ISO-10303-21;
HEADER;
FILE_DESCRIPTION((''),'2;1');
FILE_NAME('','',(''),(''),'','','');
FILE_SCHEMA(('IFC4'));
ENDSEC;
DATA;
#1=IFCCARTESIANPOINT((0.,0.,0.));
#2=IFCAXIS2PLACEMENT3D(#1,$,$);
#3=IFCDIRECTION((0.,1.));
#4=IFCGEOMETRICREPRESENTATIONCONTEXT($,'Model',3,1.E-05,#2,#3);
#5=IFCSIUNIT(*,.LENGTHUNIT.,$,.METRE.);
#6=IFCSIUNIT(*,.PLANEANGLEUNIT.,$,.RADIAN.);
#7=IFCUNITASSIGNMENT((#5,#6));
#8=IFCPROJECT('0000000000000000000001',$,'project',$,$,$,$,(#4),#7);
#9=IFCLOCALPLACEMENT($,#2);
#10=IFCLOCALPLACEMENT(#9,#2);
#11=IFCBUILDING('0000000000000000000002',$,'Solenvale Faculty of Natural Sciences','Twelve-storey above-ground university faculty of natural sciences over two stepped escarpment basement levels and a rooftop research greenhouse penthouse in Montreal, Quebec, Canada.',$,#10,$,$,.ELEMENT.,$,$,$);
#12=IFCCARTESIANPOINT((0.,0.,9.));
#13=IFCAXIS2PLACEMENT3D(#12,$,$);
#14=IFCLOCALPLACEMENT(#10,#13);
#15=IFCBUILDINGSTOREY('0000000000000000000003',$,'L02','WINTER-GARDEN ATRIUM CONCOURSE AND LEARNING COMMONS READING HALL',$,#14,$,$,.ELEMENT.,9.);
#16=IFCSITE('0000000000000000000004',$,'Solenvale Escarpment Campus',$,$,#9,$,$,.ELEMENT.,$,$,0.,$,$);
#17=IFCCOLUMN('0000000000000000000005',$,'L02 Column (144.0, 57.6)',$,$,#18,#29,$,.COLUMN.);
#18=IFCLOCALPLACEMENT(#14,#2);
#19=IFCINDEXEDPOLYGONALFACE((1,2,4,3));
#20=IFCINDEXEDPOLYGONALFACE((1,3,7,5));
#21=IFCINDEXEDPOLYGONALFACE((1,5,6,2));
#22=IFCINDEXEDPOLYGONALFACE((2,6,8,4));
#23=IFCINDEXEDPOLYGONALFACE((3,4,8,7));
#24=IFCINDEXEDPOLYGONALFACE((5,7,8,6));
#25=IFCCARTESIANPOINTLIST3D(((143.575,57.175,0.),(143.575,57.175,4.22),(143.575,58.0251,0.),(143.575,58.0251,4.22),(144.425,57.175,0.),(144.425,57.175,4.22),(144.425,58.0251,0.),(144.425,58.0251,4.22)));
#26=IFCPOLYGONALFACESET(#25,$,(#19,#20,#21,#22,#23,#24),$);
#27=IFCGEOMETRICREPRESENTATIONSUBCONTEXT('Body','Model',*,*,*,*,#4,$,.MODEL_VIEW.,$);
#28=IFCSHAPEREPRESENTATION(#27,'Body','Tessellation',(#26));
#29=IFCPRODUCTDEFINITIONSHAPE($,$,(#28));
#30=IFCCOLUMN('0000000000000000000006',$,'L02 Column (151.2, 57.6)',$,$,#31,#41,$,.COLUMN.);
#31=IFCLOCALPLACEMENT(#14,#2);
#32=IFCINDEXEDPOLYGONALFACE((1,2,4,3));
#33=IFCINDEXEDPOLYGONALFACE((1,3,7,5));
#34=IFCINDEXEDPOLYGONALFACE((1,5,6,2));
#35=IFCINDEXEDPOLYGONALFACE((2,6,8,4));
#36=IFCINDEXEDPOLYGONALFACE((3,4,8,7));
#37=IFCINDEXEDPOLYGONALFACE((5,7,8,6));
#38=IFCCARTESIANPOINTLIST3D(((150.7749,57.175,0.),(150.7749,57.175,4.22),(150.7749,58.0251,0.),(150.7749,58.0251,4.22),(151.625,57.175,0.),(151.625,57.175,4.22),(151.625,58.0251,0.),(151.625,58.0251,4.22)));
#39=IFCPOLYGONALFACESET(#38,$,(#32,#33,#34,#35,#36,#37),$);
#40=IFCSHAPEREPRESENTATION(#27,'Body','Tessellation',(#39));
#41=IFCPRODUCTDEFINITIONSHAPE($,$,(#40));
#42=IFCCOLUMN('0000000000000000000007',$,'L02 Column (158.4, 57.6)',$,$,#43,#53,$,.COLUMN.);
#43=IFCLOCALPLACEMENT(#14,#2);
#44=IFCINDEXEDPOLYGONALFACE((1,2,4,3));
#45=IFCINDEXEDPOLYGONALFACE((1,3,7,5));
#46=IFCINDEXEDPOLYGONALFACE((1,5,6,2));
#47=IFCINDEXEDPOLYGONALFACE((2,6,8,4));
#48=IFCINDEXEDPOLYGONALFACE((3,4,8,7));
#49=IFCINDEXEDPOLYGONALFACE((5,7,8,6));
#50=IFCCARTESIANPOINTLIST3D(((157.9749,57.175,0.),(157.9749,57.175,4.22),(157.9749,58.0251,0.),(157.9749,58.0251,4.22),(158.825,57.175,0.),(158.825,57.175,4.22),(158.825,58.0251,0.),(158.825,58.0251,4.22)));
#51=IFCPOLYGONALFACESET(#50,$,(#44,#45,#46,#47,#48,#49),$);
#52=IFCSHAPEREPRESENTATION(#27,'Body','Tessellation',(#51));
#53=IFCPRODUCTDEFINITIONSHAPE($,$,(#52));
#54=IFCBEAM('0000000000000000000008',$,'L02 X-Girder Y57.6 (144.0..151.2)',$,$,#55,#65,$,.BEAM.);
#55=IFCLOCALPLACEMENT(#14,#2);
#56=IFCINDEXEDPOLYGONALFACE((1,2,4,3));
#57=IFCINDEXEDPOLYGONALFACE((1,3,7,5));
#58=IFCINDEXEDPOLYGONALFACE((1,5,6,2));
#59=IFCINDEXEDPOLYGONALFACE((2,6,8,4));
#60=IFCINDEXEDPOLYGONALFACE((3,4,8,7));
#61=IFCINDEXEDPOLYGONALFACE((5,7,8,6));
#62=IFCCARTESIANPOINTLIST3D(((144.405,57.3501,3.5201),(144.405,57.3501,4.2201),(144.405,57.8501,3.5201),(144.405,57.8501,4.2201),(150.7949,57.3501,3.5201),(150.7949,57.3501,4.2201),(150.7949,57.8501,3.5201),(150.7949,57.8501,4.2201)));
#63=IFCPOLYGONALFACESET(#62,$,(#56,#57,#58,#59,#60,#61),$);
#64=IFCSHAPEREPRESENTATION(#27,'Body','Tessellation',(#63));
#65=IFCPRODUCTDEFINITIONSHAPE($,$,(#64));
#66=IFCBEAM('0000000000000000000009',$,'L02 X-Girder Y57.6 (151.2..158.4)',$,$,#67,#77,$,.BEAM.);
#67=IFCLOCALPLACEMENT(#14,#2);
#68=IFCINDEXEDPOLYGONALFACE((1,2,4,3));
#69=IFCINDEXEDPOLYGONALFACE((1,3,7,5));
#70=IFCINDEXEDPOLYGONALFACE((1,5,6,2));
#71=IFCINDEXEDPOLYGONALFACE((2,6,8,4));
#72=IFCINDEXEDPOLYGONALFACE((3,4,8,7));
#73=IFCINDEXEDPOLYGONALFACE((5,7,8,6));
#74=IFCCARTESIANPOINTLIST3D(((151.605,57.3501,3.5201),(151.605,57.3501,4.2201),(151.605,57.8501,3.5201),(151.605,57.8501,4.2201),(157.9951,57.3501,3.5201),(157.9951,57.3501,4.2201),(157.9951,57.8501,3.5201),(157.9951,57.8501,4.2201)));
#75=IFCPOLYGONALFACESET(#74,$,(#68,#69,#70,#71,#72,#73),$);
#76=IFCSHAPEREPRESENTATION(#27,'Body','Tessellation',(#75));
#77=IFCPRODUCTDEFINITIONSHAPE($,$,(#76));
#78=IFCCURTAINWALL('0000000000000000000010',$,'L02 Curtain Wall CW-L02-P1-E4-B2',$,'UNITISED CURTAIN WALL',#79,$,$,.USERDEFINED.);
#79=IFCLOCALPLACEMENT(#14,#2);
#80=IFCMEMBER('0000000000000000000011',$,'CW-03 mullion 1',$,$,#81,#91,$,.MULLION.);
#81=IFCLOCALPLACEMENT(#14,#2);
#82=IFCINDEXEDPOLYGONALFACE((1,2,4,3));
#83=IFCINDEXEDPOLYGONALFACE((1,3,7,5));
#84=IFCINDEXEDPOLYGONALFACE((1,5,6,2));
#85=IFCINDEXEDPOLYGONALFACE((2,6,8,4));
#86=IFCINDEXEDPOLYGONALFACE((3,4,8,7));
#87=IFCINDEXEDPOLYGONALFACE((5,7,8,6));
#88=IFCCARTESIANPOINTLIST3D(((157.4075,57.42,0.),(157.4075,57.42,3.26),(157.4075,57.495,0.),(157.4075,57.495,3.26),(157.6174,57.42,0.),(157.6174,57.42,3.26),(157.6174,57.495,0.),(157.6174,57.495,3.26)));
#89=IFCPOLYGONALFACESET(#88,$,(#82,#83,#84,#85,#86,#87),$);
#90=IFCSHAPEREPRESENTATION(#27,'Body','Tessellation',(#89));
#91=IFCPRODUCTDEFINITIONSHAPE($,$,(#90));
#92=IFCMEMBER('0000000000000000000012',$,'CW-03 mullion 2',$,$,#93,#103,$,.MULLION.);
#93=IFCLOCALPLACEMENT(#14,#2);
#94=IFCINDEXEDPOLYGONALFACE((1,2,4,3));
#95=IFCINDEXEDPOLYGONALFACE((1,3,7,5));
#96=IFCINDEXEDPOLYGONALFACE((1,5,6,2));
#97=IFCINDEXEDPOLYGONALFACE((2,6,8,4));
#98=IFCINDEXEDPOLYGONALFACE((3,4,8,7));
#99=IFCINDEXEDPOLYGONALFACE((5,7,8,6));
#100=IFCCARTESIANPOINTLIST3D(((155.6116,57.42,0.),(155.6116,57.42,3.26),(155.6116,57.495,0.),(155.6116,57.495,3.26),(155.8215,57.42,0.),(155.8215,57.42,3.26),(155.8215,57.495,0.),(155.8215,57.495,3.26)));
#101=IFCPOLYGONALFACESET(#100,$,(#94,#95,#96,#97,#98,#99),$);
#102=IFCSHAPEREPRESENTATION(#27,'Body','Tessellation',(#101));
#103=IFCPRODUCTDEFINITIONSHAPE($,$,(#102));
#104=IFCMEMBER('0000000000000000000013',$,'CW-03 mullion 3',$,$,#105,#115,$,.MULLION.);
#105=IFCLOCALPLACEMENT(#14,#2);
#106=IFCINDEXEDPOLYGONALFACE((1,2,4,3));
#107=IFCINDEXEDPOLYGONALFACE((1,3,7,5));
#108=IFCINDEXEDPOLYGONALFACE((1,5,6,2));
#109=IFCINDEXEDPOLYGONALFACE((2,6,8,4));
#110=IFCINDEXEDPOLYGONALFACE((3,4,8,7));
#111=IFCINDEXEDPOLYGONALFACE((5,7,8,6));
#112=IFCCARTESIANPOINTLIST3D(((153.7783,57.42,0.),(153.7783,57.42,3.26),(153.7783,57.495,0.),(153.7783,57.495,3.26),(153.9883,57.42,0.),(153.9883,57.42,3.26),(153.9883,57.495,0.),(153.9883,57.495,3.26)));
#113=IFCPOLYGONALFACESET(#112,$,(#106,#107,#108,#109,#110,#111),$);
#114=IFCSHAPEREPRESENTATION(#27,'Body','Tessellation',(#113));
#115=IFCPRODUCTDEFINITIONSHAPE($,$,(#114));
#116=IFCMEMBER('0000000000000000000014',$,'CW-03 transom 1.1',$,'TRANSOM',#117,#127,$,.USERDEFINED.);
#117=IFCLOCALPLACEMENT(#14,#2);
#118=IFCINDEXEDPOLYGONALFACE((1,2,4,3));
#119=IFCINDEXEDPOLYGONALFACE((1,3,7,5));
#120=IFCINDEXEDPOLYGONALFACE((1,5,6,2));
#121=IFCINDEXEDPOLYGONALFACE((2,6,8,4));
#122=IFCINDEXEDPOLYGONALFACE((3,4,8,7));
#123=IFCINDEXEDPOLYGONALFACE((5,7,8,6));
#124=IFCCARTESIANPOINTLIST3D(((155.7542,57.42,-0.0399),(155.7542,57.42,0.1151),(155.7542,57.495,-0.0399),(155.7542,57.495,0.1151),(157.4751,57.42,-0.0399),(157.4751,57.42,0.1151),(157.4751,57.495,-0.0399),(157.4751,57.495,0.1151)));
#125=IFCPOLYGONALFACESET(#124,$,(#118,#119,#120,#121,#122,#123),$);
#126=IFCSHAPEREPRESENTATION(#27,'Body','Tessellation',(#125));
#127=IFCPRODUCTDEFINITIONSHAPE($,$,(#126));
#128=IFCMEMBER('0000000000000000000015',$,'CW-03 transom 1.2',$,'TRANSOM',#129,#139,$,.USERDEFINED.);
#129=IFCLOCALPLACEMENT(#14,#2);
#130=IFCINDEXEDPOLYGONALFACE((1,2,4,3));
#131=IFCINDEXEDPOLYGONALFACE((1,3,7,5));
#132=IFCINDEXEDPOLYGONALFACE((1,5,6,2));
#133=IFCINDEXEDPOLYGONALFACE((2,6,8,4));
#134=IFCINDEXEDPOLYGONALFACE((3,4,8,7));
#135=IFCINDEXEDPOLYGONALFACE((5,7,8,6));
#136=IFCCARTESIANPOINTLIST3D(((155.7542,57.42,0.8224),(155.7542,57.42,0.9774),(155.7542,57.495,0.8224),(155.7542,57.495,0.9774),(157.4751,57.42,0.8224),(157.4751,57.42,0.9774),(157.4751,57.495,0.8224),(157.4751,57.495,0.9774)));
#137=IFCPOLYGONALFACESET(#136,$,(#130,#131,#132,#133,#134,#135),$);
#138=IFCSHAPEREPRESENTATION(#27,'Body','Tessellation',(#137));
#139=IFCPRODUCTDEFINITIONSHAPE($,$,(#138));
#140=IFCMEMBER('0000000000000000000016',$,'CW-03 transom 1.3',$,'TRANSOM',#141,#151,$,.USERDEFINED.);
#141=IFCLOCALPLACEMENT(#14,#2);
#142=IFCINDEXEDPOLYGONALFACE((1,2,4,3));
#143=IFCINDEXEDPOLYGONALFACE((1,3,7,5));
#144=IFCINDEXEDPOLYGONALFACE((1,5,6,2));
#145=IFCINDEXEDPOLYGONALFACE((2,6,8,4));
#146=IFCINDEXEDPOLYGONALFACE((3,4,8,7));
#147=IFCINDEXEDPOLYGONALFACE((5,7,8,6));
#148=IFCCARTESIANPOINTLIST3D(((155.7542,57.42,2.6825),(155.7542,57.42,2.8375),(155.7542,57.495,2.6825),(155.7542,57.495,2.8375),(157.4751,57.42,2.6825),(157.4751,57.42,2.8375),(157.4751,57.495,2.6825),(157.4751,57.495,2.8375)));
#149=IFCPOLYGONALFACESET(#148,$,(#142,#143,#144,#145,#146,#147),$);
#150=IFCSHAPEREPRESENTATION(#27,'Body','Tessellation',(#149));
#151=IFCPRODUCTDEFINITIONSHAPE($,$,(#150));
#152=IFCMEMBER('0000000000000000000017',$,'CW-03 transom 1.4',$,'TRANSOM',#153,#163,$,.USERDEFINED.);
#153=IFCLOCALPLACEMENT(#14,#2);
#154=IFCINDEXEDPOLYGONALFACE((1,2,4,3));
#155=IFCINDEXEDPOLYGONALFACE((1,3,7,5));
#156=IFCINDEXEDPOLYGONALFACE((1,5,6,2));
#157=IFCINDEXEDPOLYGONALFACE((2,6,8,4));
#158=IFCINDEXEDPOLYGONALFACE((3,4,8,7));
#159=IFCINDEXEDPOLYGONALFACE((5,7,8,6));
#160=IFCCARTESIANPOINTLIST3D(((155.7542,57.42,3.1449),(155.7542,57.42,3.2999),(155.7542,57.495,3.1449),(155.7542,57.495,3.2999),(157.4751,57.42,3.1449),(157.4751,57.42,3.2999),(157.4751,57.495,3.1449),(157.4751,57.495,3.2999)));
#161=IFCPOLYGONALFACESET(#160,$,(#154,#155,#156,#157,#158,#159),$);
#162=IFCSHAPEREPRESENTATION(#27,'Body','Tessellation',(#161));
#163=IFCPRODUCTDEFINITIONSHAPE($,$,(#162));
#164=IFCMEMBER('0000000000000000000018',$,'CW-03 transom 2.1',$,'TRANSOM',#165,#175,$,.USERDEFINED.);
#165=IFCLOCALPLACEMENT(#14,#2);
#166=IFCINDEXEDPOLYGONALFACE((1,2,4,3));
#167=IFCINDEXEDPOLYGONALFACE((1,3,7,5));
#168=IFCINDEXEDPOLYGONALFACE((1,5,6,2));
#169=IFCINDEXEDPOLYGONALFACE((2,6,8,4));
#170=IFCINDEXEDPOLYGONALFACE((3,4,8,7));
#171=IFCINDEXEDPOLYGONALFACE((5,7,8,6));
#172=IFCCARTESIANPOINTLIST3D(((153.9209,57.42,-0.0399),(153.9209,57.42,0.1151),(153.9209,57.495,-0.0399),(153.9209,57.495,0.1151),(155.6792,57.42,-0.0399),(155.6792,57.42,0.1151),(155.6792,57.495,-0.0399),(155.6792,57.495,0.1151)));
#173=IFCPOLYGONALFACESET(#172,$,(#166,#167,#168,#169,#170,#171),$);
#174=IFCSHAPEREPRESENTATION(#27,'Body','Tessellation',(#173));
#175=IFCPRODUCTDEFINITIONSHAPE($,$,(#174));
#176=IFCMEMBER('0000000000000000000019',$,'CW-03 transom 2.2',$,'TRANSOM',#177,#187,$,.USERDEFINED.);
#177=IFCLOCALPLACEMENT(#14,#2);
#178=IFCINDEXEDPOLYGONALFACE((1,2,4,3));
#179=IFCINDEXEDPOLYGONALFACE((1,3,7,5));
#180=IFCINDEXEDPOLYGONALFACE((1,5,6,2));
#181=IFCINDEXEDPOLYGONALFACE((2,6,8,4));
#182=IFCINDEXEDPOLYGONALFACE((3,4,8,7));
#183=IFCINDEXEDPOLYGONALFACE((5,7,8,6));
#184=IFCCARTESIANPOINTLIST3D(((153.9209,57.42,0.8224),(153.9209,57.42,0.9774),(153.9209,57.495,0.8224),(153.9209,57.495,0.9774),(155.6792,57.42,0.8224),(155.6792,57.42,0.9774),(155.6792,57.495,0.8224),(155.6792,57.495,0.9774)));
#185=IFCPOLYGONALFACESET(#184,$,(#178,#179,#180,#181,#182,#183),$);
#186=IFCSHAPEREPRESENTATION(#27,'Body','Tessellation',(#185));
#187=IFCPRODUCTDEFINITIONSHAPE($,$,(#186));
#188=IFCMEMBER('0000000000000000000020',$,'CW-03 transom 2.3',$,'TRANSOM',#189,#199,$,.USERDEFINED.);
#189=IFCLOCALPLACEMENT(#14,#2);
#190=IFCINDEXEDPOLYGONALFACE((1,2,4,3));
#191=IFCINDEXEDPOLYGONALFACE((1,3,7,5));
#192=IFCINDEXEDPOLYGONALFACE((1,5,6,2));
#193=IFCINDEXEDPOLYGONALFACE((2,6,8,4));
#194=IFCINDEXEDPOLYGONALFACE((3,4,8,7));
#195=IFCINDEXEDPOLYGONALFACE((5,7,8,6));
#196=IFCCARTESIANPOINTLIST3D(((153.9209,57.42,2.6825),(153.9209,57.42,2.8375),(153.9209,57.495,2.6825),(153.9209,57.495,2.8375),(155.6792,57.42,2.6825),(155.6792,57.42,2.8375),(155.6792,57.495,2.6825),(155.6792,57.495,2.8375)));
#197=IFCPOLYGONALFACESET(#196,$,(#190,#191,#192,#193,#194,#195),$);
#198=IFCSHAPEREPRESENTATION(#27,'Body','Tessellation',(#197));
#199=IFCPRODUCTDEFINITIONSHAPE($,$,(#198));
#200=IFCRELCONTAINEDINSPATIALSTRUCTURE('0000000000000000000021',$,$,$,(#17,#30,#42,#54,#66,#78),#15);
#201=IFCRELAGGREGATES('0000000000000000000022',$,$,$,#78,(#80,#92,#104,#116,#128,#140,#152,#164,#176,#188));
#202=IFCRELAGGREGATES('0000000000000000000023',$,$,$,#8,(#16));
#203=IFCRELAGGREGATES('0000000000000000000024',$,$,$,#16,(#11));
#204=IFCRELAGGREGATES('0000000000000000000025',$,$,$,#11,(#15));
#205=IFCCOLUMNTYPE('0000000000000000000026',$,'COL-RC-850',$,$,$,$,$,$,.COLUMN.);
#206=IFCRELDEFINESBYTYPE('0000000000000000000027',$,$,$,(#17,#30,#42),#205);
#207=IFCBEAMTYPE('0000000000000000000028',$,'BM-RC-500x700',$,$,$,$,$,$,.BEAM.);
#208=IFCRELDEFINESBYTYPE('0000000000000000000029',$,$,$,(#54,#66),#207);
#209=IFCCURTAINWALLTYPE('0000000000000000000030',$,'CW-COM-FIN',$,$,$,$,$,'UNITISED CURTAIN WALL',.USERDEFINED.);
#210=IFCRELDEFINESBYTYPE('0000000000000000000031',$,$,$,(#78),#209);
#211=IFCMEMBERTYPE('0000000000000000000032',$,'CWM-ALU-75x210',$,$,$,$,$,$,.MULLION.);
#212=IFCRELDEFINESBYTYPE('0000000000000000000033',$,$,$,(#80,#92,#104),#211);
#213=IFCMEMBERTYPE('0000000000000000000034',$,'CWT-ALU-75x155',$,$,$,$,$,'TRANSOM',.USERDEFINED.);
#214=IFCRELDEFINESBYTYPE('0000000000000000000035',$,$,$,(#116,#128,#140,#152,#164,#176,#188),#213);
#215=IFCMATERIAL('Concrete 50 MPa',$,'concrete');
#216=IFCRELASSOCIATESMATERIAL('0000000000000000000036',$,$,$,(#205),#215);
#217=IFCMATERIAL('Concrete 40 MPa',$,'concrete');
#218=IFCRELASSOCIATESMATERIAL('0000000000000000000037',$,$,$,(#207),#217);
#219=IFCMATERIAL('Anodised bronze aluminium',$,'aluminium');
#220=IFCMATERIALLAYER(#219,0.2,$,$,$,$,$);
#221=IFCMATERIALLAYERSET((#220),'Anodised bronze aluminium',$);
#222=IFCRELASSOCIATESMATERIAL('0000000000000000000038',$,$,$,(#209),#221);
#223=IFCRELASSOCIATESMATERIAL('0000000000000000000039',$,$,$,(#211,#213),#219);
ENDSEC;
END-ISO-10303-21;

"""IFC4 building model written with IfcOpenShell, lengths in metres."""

from ifc_helpers import new_model, si_unit, direction, frame, origin, origin_2d, place, context, subcontext, project, spatial, rectangle, extrude, material, layer, layer_set, material_profile, profile_set, type_object, element, aggregate, save


model = new_model("IFC4")

# Units and contexts
model_context = context("Model", 3, precision=1e-05, world=origin(), true_north=direction((0.0, 1.0)))
body_context = subcontext(model_context, "Body", "Model", "MODEL_VIEW")
ifc_project = project(units=[si_unit("LENGTHUNIT", "METRE"), si_unit("PLANEANGLEUNIT", "RADIAN")], contexts=[model_context])

# Site, building, storey
site_placement = place(None, origin())
site = spatial("IfcSite", under=ifc_project, at=site_placement, Name="Solenvale Escarpment Campus", CompositionType="ELEMENT", RefElevation=0.0)
building_placement = place(site_placement, origin())
building = spatial("IfcBuilding", under=site, at=building_placement, Name="Solenvale Faculty of Natural Sciences", Description="Twelve-storey above-ground university faculty of natural sciences over two stepped escarpment basement levels and a rooftop research greenhouse penthouse in Montreal, Quebec, Canada.", CompositionType="ELEMENT")
storey_placement = place(building_placement, frame((0.0, 0.0, 9.0)))
storey = spatial("IfcBuildingStorey", under=building, at=storey_placement, Name="L02", Description="WINTER-GARDEN ATRIUM CONCOURSE AND LEARNING COMMONS READING HALL", CompositionType="ELEMENT", Elevation=9.0)

# Columns
ifc_material_1 = material(Name="Concrete 50 MPa", Category="concrete")
ifc_material_profile_1 = material_profile(ifc_material_1, rectangle(XDim=0.8501, YDim=0.8501, at=origin_2d()), Name="RC-COL-850x850")
ifc_profile_set_1 = profile_set([ifc_material_profile_1], Name="Concrete 50 MPa")
column_type = type_object("IfcColumnType", Name="COL-RC-850", PredefinedType="COLUMN", material=ifc_profile_set_1)
for number, where, z_axis, x_axis, name in (
    (1, (144.0, 57.6001, 0.0), (0.0, 0.0, 1.0), (1.0, 0.0, 0.0), "L02 Column (144.0, 57.6)"),
    (2, (151.2, 57.6001, 0.0), (0.0, 0.0, 1.0), (1.0, 0.0, 0.0), "L02 Column (151.2, 57.6)"),
    (3, (158.3999, 57.6001, 0.0), (0.0, 0.0, 1.0), (1.0, 0.0, 0.0), "L02 Column (158.4, 57.6)"),
):
    element("IfcColumn", number, at=place(storey_placement, frame(where, z_axis=z_axis, x_axis=x_axis)), inside=storey, type_object=column_type, Name=name, PredefinedType="COLUMN", context=body_context, shape_type="SweptSolid", body=[
        extrude(rectangle(XDim=0.8501, YDim=0.8501, at=origin_2d()), origin(), (0.0, 0.0, 1.0), 4.22),
    ])

# Beams
ifc_material_2 = material(Name="Concrete 40 MPa", Category="concrete")
ifc_material_profile_2 = material_profile(ifc_material_2, rectangle(XDim=0.5, YDim=0.7, at=origin_2d()), Name="RC-BM-500x700")
ifc_profile_set_2 = profile_set([ifc_material_profile_2], Name="Concrete 40 MPa")
beam_type = type_object("IfcBeamType", Name="BM-RC-500x700", PredefinedType="BEAM", material=ifc_profile_set_2)
beam_1_placement = place(storey_placement, frame((144.405, 57.6001, 3.8701), z_axis=(1.0, 0.0, 0.0), x_axis=(0.0, 1.0, 0.0)))
element("IfcBeam", 4, at=beam_1_placement, inside=storey, type_object=beam_type, Name="L02 X-Girder Y57.6 (144.0..151.2)", PredefinedType="BEAM", context=body_context, shape_type="SweptSolid", body=[
    extrude(rectangle(XDim=0.5, YDim=0.7, at=origin_2d()), origin(), (0.0, 0.0, 1.0), 6.3899),
])
beam_2_placement = place(storey_placement, frame((151.605, 57.6001, 3.8701), z_axis=(1.0, 0.0, 0.0), x_axis=(0.0, 1.0, 0.0)))
element("IfcBeam", 5, at=beam_2_placement, inside=storey, type_object=beam_type, Name="L02 X-Girder Y57.6 (151.2..158.4)", PredefinedType="BEAM", context=body_context, shape_type="SweptSolid", body=[
    extrude(rectangle(XDim=0.5, YDim=0.7, at=origin_2d()), origin(), (0.0, 0.0, 1.0), 6.3901),
])

# Curtain wall, members
ifc_material_3 = material(Name="Anodised bronze aluminium", Category="aluminium")
ifc_layer_1 = layer(ifc_material_3, 0.2)
ifc_layer_set_1 = layer_set([ifc_layer_1], Name="Anodised bronze aluminium")
curtain_wall_type = type_object("IfcCurtainWallType", Name="CW-COM-FIN", ElementType="UNITISED CURTAIN WALL", PredefinedType="USERDEFINED", material=ifc_layer_set_1)
curtain_wall_placement = place(storey_placement, origin())
curtain_wall = element("IfcCurtainWall", 6, at=curtain_wall_placement, inside=storey, type_object=curtain_wall_type, Name="L02 Curtain Wall CW-L02-P1-E4-B2", ObjectType="UNITISED CURTAIN WALL", PredefinedType="USERDEFINED")
ifc_material_profile_3 = material_profile(ifc_material_3, rectangle(XDim=0.075, YDim=0.21, at=origin_2d()), Name="ALU-MUL-75x210")
ifc_profile_set_3 = profile_set([ifc_material_profile_3], Name="Anodised bronze aluminium")
member_type_1 = type_object("IfcMemberType", Name="CWM-ALU-75x210", PredefinedType="MULLION", material=ifc_profile_set_3)
member_1_placement = place(storey_placement, frame((157.5125, 57.4575, 0.0), z_axis=(0.0, 0.0, 1.0), x_axis=(0.0, -1.0, 0.0)))
member_1 = element("IfcMember", 7, at=member_1_placement, type_object=member_type_1, Name="CW-03 mullion 1", PredefinedType="MULLION", context=body_context, shape_type="SweptSolid", body=[
    extrude(rectangle(XDim=0.075, YDim=0.21, at=origin_2d()), origin(), (0.0, 0.0, 1.0), 3.26),
])
member_2_placement = place(storey_placement, frame((155.7166, 57.4575, 0.0), z_axis=(0.0, 0.0, 1.0), x_axis=(0.0, -1.0, 0.0)))
member_2 = element("IfcMember", 8, at=member_2_placement, type_object=member_type_1, Name="CW-03 mullion 2", PredefinedType="MULLION", context=body_context, shape_type="SweptSolid", body=[
    extrude(rectangle(XDim=0.075, YDim=0.21, at=origin_2d()), origin(), (0.0, 0.0, 1.0), 3.26),
])
member_3_placement = place(storey_placement, frame((153.8833, 57.4575, 0.0), z_axis=(0.0, 0.0, 1.0), x_axis=(0.0, -1.0, 0.0)))
member_3 = element("IfcMember", 9, at=member_3_placement, type_object=member_type_1, Name="CW-03 mullion 3", PredefinedType="MULLION", context=body_context, shape_type="SweptSolid", body=[
    extrude(rectangle(XDim=0.075, YDim=0.21, at=origin_2d()), origin(), (0.0, 0.0, 1.0), 3.26),
])
ifc_material_profile_4 = material_profile(ifc_material_3, rectangle(XDim=0.075, YDim=0.155, at=origin_2d()), Name="ALU-TRN-75x155")
ifc_profile_set_4 = profile_set([ifc_material_profile_4], Name="Anodised bronze aluminium")
member_type_2 = type_object("IfcMemberType", Name="CWT-ALU-75x155", ElementType="TRANSOM", PredefinedType="USERDEFINED", material=ifc_profile_set_4)
member_4_placement = place(storey_placement, frame((157.4751, 57.4575, 0.0376), z_axis=(-1.0, 0.0, 0.0), x_axis=(0.0, -1.0, 0.0)))
member_4 = element("IfcMember", 10, at=member_4_placement, type_object=member_type_2, Name="CW-03 transom 1.1", ObjectType="TRANSOM", PredefinedType="USERDEFINED", context=body_context, shape_type="SweptSolid", body=[
    extrude(rectangle(XDim=0.075, YDim=0.155, at=origin_2d()), origin(), (0.0, 0.0, 1.0), 1.7209),
])
member_5_placement = place(storey_placement, frame((157.4751, 57.4575, 0.8999), z_axis=(-1.0, 0.0, 0.0), x_axis=(0.0, -1.0, 0.0)))
member_5 = element("IfcMember", 11, at=member_5_placement, type_object=member_type_2, Name="CW-03 transom 1.2", ObjectType="TRANSOM", PredefinedType="USERDEFINED", context=body_context, shape_type="SweptSolid", body=[
    extrude(rectangle(XDim=0.075, YDim=0.155, at=origin_2d()), origin(), (0.0, 0.0, 1.0), 1.7209),
])
member_6_placement = place(storey_placement, frame((157.4751, 57.4575, 2.76), z_axis=(-1.0, 0.0, 0.0), x_axis=(0.0, -1.0, 0.0)))
member_6 = element("IfcMember", 12, at=member_6_placement, type_object=member_type_2, Name="CW-03 transom 1.3", ObjectType="TRANSOM", PredefinedType="USERDEFINED", context=body_context, shape_type="SweptSolid", body=[
    extrude(rectangle(XDim=0.075, YDim=0.155, at=origin_2d()), origin(), (0.0, 0.0, 1.0), 1.7209),
])
member_7_placement = place(storey_placement, frame((157.4751, 57.4575, 3.2224), z_axis=(-1.0, 0.0, 0.0), x_axis=(0.0, -1.0, 0.0)))
member_7 = element("IfcMember", 13, at=member_7_placement, type_object=member_type_2, Name="CW-03 transom 1.4", ObjectType="TRANSOM", PredefinedType="USERDEFINED", context=body_context, shape_type="SweptSolid", body=[
    extrude(rectangle(XDim=0.075, YDim=0.155, at=origin_2d()), origin(), (0.0, 0.0, 1.0), 1.7209),
])
member_8_placement = place(storey_placement, frame((155.6792, 57.4575, 0.0376), z_axis=(-1.0, 0.0, 0.0), x_axis=(0.0, -1.0, 0.0)))
member_8 = element("IfcMember", 14, at=member_8_placement, type_object=member_type_2, Name="CW-03 transom 2.1", ObjectType="TRANSOM", PredefinedType="USERDEFINED", context=body_context, shape_type="SweptSolid", body=[
    extrude(rectangle(XDim=0.075, YDim=0.155, at=origin_2d()), origin(), (0.0, 0.0, 1.0), 1.7583),
])
member_9_placement = place(storey_placement, frame((155.6792, 57.4575, 0.8999), z_axis=(-1.0, 0.0, 0.0), x_axis=(0.0, -1.0, 0.0)))
member_9 = element("IfcMember", 15, at=member_9_placement, type_object=member_type_2, Name="CW-03 transom 2.2", ObjectType="TRANSOM", PredefinedType="USERDEFINED", context=body_context, shape_type="SweptSolid", body=[
    extrude(rectangle(XDim=0.075, YDim=0.155, at=origin_2d()), origin(), (0.0, 0.0, 1.0), 1.7583),
])
member_10_placement = place(storey_placement, frame((155.6792, 57.4575, 2.76), z_axis=(-1.0, 0.0, 0.0), x_axis=(0.0, -1.0, 0.0)))
member_10 = element("IfcMember", 16, at=member_10_placement, type_object=member_type_2, Name="CW-03 transom 2.3", ObjectType="TRANSOM", PredefinedType="USERDEFINED", context=body_context, shape_type="SweptSolid", body=[
    extrude(rectangle(XDim=0.075, YDim=0.155, at=origin_2d()), origin(), (0.0, 0.0, 1.0), 1.7583),
])
aggregate(curtain_wall, [member_1, member_2, member_3, member_4, member_5, member_6, member_7, member_8, member_9, member_10])

save(model, "model.ifc")
